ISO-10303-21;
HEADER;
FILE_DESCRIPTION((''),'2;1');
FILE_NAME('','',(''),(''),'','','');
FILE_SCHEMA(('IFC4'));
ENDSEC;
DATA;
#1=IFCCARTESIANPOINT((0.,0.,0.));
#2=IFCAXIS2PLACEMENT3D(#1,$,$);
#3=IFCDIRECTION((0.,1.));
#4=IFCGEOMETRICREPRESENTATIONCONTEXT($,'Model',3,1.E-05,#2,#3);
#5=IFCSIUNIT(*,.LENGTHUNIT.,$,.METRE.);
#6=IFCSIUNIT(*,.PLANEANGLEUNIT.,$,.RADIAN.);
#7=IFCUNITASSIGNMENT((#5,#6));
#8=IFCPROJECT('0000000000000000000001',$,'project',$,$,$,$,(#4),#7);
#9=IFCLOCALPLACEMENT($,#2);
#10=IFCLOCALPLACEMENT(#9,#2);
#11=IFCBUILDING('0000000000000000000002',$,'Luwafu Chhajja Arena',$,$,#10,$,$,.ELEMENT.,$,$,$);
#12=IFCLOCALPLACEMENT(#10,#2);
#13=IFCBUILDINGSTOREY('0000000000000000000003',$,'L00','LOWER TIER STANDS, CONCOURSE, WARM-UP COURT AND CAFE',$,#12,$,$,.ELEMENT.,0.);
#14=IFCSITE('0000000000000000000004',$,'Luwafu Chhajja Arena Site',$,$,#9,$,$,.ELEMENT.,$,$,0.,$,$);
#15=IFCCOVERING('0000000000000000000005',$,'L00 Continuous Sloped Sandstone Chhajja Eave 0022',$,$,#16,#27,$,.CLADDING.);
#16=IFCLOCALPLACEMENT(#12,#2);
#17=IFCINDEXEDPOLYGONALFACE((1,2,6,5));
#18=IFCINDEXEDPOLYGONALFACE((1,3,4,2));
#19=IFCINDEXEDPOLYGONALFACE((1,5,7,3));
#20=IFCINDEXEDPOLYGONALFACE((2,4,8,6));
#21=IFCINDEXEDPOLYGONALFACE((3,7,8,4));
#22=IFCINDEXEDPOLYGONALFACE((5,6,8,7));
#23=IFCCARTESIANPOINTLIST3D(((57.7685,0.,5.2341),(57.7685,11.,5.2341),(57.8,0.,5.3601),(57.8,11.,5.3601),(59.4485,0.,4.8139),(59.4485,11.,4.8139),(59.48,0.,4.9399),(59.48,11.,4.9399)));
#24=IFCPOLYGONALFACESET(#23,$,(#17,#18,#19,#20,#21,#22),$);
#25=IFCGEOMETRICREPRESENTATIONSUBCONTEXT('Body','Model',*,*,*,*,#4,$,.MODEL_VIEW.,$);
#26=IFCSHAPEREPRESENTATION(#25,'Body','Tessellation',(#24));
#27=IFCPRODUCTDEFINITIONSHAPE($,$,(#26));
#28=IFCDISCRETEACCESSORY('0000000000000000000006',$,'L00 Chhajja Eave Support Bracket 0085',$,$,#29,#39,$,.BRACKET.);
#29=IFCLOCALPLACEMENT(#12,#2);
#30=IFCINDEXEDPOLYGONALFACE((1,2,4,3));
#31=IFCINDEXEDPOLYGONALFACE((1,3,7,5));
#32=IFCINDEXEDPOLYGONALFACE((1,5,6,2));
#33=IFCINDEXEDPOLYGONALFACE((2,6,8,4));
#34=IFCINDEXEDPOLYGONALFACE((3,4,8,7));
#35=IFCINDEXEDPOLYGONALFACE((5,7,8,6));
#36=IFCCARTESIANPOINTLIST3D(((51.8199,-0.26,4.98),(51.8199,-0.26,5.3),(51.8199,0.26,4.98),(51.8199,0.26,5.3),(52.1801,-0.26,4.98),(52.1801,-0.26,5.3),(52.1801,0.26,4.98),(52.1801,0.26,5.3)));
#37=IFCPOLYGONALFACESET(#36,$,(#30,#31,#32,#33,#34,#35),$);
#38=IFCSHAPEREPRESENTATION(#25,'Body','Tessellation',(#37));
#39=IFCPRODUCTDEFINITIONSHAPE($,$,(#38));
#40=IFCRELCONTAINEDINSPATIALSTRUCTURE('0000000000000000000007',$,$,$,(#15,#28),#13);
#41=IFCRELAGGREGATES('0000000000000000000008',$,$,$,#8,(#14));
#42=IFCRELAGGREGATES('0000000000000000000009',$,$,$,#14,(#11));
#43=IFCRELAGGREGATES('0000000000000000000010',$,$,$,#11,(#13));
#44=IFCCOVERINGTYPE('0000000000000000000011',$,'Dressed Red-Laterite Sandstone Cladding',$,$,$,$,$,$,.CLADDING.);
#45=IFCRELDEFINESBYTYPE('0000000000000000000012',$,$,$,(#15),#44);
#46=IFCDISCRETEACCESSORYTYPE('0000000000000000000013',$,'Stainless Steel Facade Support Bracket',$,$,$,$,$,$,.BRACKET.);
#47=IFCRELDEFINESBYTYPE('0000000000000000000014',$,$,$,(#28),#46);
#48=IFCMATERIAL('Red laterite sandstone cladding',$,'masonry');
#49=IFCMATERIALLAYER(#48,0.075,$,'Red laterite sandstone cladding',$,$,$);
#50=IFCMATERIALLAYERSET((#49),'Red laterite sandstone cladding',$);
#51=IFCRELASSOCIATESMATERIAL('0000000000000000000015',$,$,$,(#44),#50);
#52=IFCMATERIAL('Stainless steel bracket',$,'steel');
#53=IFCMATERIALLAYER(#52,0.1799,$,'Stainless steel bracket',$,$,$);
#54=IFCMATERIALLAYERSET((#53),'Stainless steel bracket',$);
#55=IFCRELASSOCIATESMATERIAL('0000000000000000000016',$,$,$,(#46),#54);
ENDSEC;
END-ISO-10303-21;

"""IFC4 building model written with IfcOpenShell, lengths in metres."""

from ifc_helpers import new_model, si_unit, direction, frame, origin, origin_2d, place, context, subcontext, project, spatial, polyline, rectangle, outline, extrude, material, layer, layer_set, type_object, element, save


model = new_model("IFC4")

# Units and contexts
model_context = context("Model", 3, precision=1e-05, world=origin(), true_north=direction((0.0, 1.0)))
body_context = subcontext(model_context, "Body", "Model", "MODEL_VIEW")
ifc_project = project(units=[si_unit("LENGTHUNIT", "METRE"), si_unit("PLANEANGLEUNIT", "RADIAN")], contexts=[model_context])

# Site, building, storey
site_placement = place(None, origin())
site = spatial("IfcSite", under=ifc_project, at=site_placement, Name="Luwafu Chhajja Arena Site", CompositionType="ELEMENT", RefElevation=0.0)
building_placement = place(site_placement, origin())
building = spatial("IfcBuilding", under=site, at=building_placement, Name="Luwafu Chhajja Arena", CompositionType="ELEMENT")
storey_placement = place(building_placement, origin())
storey = spatial("IfcBuildingStorey", under=building, at=storey_placement, Name="L00", Description="LOWER TIER STANDS, CONCOURSE, WARM-UP COURT AND CAFE", CompositionType="ELEMENT", Elevation=0.0)

# Covering
ifc_material_1 = material(Name="Red laterite sandstone cladding", Category="masonry")
ifc_layer_1 = layer(ifc_material_1, 0.075, Name="Red laterite sandstone cladding")
ifc_layer_set_1 = layer_set([ifc_layer_1], Name="Red laterite sandstone cladding")
covering_type = type_object("IfcCoveringType", Name="Dressed Red-Laterite Sandstone Cladding", PredefinedType="CLADDING", material=ifc_layer_set_1)
covering_1_placement = place(storey_placement, frame((57.8, 0.0, 5.3601), z_axis=(0.242635, 0.0, 0.970118), x_axis=(0.0, 1.0, 0.0)))
element("IfcCovering", 1, at=covering_1_placement, inside=storey, type_object=covering_type, Name="L00 Continuous Sloped Sandstone Chhajja Eave 0022", PredefinedType="CLADDING", context=body_context, shape_type="SweptSolid", body=[
    extrude(outline(polyline([(0.0, 0.0), (11.0, 0.0), (11.0, -1.7317), (0.0, -1.7317), (0.0, 0.0)])), origin(), (0.0, 0.0, -1.0), 0.1299),
])

# Discrete accessory
ifc_material_2 = material(Name="Stainless steel bracket", Category="steel")
ifc_layer_2 = layer(ifc_material_2, 0.1799, Name="Stainless steel bracket")
ifc_layer_set_2 = layer_set([ifc_layer_2], Name="Stainless steel bracket")
discrete_accessory_type = type_object("IfcDiscreteAccessoryType", Name="Stainless Steel Facade Support Bracket", PredefinedType="BRACKET", material=ifc_layer_set_2)
discrete_accessory_placement = place(storey_placement, frame((52.0, 0.0, 4.98), z_axis=(0.0, 0.0, 1.0), x_axis=(1.0, 0.0, 0.0)))
element("IfcDiscreteAccessory", 2, at=discrete_accessory_placement, inside=storey, type_object=discrete_accessory_type, Name="L00 Chhajja Eave Support Bracket 0085", PredefinedType="BRACKET", context=body_context, shape_type="SweptSolid", body=[
    extrude(rectangle(XDim=0.3601, YDim=0.52, at=origin_2d()), origin(), (0.0, 0.0, 1.0), 0.3201),
])

save(model, "model.ifc")
